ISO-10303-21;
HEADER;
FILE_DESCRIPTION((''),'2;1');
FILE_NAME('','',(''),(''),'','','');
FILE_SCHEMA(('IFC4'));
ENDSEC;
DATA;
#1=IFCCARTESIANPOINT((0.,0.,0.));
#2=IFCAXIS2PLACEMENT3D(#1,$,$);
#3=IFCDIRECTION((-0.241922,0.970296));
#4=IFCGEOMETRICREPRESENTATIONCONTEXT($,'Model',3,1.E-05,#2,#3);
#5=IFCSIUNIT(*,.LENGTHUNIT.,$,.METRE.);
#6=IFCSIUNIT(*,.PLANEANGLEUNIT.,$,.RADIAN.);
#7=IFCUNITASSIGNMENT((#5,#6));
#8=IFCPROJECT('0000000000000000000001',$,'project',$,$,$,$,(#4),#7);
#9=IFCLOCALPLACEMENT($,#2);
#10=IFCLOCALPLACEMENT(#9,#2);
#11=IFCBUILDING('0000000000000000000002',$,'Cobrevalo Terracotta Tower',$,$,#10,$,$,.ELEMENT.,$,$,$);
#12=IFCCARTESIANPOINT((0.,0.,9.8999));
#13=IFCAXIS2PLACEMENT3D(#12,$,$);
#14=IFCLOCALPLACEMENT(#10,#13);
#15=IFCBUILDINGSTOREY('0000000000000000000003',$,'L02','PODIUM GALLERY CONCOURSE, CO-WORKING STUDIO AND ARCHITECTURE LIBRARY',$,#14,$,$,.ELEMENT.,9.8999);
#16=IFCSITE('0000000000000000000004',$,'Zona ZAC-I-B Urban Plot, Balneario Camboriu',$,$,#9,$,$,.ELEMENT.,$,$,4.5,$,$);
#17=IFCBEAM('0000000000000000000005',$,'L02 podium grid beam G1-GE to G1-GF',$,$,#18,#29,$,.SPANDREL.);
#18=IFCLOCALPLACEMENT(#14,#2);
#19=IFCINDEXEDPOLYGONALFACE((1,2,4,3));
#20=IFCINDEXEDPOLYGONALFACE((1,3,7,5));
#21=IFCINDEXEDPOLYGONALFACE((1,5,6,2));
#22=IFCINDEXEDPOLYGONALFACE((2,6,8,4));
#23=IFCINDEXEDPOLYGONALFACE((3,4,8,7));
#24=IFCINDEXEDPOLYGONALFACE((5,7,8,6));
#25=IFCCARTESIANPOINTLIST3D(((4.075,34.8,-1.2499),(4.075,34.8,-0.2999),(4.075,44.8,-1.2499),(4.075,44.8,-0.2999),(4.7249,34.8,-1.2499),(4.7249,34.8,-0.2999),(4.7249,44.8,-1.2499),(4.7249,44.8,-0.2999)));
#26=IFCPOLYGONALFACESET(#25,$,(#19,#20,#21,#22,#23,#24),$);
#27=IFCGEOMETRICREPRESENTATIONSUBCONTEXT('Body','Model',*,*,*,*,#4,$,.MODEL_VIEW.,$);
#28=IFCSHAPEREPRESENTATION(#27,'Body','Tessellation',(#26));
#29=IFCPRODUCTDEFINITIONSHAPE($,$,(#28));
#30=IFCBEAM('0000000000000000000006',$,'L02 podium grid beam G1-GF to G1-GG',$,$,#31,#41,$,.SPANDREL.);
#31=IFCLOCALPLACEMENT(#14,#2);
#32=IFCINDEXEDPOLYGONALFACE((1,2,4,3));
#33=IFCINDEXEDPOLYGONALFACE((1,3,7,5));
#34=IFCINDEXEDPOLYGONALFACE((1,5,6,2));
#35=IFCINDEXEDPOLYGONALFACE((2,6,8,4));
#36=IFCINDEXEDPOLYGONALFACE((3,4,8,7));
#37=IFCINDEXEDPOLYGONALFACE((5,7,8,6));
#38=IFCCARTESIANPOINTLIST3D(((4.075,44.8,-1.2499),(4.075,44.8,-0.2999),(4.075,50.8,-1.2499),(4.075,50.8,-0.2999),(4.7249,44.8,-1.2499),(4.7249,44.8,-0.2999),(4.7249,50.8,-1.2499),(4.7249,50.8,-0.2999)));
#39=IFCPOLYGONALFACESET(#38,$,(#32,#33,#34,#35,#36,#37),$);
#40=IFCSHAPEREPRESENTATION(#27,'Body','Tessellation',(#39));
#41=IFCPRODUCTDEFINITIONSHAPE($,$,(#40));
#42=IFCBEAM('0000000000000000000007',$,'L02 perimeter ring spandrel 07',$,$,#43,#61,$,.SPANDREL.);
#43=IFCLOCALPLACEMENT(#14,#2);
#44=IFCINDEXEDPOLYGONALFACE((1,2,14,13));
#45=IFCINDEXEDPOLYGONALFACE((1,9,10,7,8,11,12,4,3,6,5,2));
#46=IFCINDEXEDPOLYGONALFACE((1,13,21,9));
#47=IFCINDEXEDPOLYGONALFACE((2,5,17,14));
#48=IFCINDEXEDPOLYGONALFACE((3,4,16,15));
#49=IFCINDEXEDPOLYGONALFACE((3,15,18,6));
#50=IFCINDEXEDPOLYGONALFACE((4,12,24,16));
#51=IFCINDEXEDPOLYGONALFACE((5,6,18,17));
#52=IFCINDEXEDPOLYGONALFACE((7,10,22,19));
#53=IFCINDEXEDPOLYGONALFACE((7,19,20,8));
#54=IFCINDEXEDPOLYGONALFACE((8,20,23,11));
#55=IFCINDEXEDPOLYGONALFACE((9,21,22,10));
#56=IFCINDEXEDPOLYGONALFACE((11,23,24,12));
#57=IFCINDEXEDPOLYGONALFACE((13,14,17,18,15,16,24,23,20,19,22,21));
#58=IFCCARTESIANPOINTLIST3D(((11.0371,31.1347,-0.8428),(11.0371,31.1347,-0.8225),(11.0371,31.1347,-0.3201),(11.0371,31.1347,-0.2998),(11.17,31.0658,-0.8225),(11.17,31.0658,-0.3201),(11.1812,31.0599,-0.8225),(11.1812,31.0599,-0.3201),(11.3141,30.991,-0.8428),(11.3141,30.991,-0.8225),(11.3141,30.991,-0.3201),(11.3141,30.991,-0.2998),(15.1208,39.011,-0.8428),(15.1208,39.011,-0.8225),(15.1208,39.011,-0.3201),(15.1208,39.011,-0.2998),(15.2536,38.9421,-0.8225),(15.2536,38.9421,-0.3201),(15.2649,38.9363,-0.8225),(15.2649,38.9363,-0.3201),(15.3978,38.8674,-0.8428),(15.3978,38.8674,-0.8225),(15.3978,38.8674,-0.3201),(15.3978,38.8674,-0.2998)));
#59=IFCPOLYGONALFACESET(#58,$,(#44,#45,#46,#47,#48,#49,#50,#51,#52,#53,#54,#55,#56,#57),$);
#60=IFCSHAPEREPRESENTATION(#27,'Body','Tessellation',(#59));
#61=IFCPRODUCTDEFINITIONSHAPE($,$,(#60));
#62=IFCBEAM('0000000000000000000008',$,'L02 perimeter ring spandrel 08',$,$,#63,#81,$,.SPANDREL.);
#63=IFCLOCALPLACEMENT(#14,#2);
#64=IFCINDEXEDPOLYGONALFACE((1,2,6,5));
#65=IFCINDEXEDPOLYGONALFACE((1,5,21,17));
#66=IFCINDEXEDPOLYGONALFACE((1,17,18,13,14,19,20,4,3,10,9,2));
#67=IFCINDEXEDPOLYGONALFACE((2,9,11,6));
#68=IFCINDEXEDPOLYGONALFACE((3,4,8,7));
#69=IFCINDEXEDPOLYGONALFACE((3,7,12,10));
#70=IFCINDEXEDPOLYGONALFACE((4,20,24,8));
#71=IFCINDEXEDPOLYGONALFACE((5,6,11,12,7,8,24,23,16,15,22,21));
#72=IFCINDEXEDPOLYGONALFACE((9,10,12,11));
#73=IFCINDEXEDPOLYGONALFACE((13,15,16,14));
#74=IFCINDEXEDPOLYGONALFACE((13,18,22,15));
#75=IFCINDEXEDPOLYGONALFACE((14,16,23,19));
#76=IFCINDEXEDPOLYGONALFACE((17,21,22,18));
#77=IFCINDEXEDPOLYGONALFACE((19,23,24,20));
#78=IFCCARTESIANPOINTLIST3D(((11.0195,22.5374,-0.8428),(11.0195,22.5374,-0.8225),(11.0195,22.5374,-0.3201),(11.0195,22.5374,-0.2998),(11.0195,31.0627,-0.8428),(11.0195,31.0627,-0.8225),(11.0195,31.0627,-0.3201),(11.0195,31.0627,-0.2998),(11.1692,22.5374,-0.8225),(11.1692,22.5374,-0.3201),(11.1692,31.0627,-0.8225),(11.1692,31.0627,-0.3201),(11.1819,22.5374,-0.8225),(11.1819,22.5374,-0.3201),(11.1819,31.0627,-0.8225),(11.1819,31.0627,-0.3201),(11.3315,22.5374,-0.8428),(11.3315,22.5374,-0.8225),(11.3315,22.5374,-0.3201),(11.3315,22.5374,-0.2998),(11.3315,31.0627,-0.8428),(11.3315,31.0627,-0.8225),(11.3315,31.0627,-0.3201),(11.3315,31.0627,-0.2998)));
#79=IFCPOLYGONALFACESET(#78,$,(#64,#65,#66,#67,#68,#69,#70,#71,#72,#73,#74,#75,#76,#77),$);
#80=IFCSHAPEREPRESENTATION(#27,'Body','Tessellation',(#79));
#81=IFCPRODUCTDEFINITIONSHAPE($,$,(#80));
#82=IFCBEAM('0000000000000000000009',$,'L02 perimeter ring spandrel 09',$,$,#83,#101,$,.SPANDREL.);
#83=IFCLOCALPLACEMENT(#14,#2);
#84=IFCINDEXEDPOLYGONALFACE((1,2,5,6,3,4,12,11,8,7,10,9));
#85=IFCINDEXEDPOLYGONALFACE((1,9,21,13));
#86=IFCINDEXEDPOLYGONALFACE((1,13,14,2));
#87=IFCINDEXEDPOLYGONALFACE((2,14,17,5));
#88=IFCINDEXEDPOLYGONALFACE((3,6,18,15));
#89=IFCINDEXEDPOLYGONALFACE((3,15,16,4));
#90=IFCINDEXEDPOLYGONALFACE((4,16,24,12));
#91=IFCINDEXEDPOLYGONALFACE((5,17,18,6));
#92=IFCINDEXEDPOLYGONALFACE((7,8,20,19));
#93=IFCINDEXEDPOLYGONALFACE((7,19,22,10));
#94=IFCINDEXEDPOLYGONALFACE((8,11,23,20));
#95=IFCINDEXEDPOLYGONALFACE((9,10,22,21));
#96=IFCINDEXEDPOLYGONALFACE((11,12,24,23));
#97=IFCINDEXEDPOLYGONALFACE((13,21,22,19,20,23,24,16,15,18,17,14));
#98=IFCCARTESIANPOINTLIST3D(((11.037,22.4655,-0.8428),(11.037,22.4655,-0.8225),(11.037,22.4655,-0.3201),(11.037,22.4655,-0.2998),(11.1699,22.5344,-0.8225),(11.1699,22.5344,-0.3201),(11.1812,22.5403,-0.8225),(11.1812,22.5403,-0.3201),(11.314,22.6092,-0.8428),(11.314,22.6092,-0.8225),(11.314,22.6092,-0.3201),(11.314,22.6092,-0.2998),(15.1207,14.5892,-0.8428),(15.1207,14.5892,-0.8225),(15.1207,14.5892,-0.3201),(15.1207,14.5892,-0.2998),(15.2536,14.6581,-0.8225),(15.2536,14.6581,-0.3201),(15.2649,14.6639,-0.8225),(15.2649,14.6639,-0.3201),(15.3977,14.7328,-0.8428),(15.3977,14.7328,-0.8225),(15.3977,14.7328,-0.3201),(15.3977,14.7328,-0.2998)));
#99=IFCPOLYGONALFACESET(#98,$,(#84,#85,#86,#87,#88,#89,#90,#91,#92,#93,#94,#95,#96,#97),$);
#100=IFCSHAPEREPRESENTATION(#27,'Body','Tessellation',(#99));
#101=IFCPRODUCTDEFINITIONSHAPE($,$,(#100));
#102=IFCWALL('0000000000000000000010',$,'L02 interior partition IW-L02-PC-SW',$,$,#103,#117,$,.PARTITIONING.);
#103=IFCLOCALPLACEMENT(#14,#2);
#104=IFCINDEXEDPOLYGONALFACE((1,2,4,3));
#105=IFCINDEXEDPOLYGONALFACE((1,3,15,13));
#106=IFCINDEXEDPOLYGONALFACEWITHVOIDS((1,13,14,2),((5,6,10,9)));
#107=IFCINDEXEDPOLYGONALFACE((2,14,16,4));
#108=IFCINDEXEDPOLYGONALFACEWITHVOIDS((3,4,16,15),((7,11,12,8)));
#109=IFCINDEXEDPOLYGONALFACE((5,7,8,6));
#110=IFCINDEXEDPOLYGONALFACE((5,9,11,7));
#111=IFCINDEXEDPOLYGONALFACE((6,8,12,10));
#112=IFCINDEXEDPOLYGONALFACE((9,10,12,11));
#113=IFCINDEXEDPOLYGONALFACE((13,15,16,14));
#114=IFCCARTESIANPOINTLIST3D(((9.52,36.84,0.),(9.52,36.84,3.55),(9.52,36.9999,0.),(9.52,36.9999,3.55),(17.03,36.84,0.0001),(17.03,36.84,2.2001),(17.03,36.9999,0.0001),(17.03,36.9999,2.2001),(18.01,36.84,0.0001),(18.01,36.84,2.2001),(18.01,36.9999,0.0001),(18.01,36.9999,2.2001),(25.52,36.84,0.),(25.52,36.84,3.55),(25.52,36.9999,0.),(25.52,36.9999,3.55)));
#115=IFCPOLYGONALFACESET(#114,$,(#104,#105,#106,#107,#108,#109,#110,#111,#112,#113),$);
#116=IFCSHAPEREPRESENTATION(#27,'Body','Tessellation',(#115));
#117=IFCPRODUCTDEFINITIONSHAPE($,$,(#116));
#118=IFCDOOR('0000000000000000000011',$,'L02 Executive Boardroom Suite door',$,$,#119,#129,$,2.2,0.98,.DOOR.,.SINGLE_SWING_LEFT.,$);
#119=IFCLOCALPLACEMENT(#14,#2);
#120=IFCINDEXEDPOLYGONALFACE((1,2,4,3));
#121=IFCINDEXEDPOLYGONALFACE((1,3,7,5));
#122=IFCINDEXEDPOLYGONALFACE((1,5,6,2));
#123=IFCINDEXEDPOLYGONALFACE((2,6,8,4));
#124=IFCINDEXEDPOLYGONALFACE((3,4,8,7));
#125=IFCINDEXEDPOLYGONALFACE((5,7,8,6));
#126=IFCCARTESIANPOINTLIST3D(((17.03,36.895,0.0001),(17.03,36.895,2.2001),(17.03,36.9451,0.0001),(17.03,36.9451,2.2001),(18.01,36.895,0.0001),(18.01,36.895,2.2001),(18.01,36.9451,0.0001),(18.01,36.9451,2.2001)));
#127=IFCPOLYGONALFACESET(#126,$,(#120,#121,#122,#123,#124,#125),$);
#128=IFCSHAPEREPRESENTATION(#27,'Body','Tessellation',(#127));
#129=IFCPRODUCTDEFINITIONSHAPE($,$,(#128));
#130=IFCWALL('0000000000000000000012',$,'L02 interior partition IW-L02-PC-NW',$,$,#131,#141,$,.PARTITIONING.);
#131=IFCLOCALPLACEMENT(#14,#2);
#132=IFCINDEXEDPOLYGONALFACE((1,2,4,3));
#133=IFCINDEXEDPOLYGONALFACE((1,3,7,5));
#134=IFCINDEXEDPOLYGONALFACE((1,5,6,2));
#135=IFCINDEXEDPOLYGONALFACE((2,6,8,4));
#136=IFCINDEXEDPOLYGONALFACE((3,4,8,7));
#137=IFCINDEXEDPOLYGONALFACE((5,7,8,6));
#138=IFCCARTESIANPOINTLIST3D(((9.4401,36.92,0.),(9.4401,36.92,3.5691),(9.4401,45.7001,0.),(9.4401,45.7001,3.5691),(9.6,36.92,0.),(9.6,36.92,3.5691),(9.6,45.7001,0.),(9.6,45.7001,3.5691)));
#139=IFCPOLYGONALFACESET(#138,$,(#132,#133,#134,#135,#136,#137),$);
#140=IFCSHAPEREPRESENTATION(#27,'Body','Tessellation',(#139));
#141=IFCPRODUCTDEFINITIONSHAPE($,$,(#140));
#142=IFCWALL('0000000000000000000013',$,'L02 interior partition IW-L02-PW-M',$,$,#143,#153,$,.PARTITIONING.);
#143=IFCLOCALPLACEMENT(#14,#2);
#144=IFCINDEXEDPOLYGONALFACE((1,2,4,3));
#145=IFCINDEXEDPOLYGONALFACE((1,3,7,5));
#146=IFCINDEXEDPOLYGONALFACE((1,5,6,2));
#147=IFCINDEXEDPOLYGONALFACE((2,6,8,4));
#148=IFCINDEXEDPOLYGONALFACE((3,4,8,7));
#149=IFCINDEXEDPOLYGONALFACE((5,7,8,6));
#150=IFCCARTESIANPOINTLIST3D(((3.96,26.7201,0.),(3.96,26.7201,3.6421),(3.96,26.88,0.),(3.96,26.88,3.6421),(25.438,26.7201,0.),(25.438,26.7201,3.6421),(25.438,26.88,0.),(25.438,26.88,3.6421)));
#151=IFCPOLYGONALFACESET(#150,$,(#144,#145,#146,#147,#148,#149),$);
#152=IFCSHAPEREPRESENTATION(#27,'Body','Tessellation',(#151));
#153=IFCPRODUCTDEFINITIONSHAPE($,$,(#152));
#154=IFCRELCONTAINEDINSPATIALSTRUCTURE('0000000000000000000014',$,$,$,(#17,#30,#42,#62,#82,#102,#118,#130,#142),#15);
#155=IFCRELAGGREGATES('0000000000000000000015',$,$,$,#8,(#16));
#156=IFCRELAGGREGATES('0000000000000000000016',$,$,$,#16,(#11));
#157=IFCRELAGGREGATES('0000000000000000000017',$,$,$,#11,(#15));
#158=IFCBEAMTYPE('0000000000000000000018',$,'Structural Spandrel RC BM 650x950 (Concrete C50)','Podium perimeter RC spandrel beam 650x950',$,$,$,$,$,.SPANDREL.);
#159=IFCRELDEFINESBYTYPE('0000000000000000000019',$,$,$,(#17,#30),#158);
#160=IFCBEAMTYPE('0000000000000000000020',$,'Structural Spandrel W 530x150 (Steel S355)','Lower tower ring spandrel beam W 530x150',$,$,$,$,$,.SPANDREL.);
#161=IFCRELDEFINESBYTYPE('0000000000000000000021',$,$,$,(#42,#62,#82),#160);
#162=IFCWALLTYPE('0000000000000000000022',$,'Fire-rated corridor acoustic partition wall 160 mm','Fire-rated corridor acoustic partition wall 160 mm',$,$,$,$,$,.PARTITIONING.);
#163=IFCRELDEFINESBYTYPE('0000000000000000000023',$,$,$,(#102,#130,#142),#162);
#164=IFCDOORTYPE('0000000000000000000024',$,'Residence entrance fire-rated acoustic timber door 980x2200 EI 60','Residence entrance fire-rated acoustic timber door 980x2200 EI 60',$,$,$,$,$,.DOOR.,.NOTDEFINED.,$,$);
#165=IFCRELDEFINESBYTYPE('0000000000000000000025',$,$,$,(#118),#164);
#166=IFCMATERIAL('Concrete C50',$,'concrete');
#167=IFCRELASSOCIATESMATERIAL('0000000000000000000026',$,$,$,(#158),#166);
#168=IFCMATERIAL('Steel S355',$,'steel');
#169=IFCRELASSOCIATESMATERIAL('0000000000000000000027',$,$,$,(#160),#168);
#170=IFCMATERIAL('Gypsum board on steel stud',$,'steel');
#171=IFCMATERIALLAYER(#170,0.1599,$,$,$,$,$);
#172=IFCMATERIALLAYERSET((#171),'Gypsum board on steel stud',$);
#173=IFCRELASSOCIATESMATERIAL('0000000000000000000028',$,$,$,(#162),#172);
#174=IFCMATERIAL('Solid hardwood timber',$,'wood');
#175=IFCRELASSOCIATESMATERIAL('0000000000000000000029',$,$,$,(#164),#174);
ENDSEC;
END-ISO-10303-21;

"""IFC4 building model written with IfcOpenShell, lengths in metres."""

from ifc_helpers import new_model, si_unit, direction, frame, frame_2d, origin, origin_2d, place, context, subcontext, project, spatial, rectangle, i_section, extrude, source, transform, mapped, material, layer, layer_set, material_profile, profile_set, type_object, element, fill, save


model = new_model("IFC4")

# Units and contexts
model_context = context("Model", 3, precision=1e-05, world=origin(), true_north=direction((-0.241922, 0.970296)))
body_context = subcontext(model_context, "Body", "Model", "MODEL_VIEW")
ifc_project = project(units=[si_unit("LENGTHUNIT", "METRE"), si_unit("PLANEANGLEUNIT", "RADIAN")], contexts=[model_context])

# Site, building, storey
site_placement = place(None, origin())
site = spatial("IfcSite", under=ifc_project, at=site_placement, Name="Zona ZAC-I-B Urban Plot, Balneario Camboriu", CompositionType="ELEMENT", RefElevation=4.5)
building_placement = place(site_placement, origin())
building = spatial("IfcBuilding", under=site, at=building_placement, Name="Cobrevalo Terracotta Tower", CompositionType="ELEMENT")
storey_placement = place(building_placement, frame((0.0, 0.0, 9.8999)))
storey = spatial("IfcBuildingStorey", under=building, at=storey_placement, Name="L02", Description="PODIUM GALLERY CONCOURSE, CO-WORKING STUDIO AND ARCHITECTURE LIBRARY", CompositionType="ELEMENT", Elevation=9.8999)

# Shared definitions
ifc_material_1 = material(Name="Steel S355", Category="steel")
ifc_material_2 = material(Name="Concrete C50", Category="concrete")

# Beams
ifc_material_profile_1 = material_profile(ifc_material_2, rectangle(XDim=0.6499, YDim=0.95, at=origin_2d()), Name="RC BM 650x950")
ifc_profile_set_1 = profile_set([ifc_material_profile_1], Name="Concrete C50")
beam_type_1 = type_object("IfcBeamType", Name="Structural Spandrel RC BM 650x950 (Concrete C50)", Description="Podium perimeter RC spandrel beam 650x950", PredefinedType="SPANDREL", material=ifc_profile_set_1)
beam_1_placement = place(storey_placement, frame((4.3999, 34.8, -0.7749), z_axis=(0.0, 1.0, 0.0), x_axis=(-1.0, 0.0, 0.0)))
element("IfcBeam", 1, at=beam_1_placement, inside=storey, type_object=beam_type_1, Name="L02 podium grid beam G1-GE to G1-GF", PredefinedType="SPANDREL", context=body_context, shape_type="SweptSolid", body=[
    extrude(rectangle(XDim=0.6499, YDim=0.95, at=origin_2d()), origin(), (0.0, 0.0, 1.0), 10.0),
])
beam_2_placement = place(storey_placement, frame((4.3999, 44.8, -0.7749), z_axis=(0.0, 1.0, 0.0), x_axis=(-1.0, 0.0, 0.0)))
element("IfcBeam", 2, at=beam_2_placement, inside=storey, type_object=beam_type_1, Name="L02 podium grid beam G1-GF to G1-GG", PredefinedType="SPANDREL", context=body_context, shape_type="SweptSolid", body=[
    extrude(rectangle(XDim=0.6499, YDim=0.95, at=origin_2d()), origin(), (0.0, 0.0, 1.0), 6.0),
])
ifc_material_profile_2 = material_profile(ifc_material_1, i_section(OverallWidth=0.312, OverallDepth=0.543, WebThickness=0.0127, FlangeThickness=0.0203, at=origin_2d()), Name="W 530x150")
ifc_profile_set_2 = profile_set([ifc_material_profile_2], Name="Steel S355")
beam_type_2 = type_object("IfcBeamType", Name="Structural Spandrel W 530x150 (Steel S355)", Description="Lower tower ring spandrel beam W 530x150", PredefinedType="SPANDREL", material=ifc_profile_set_2)
beam_3_placement = place(storey_placement, frame((15.2593, 38.9392, -0.5713), z_axis=(-0.460286, -0.887771, 0.0), x_axis=(0.887771, -0.460286, 0.0)))
element("IfcBeam", 3, at=beam_3_placement, inside=storey, type_object=beam_type_2, Name="L02 perimeter ring spandrel 07", PredefinedType="SPANDREL", context=body_context, shape_type="SweptSolid", body=[
    extrude(i_section(OverallWidth=0.312, OverallDepth=0.543, WebThickness=0.0127, FlangeThickness=0.0203, at=origin_2d()), origin(), (0.0, 0.0, 1.0), 8.8721),
])
beam_4_placement = place(storey_placement, frame((11.1755, 31.0627, -0.5713), z_axis=(0.0, -1.0, 0.0), x_axis=(1.0, 0.0, 0.0)))
element("IfcBeam", 4, at=beam_4_placement, inside=storey, type_object=beam_type_2, Name="L02 perimeter ring spandrel 08", PredefinedType="SPANDREL", context=body_context, shape_type="SweptSolid", body=[
    extrude(i_section(OverallWidth=0.312, OverallDepth=0.543, WebThickness=0.0127, FlangeThickness=0.0203, at=origin_2d()), origin(), (0.0, 0.0, 1.0), 8.5254),
])
beam_5_placement = place(storey_placement, frame((11.1755, 22.5374, -0.5713), z_axis=(0.460286, -0.887771, 0.0), x_axis=(0.887771, 0.460286, 0.0)))
element("IfcBeam", 5, at=beam_5_placement, inside=storey, type_object=beam_type_2, Name="L02 perimeter ring spandrel 09", PredefinedType="SPANDREL", context=body_context, shape_type="SweptSolid", body=[
    extrude(i_section(OverallWidth=0.312, OverallDepth=0.543, WebThickness=0.0127, FlangeThickness=0.0203, at=origin_2d()), origin(), (0.0, 0.0, 1.0), 8.8721),
])

# Wall, opening, door
ifc_material_3 = material(Name="Gypsum board on steel stud", Category="steel")
ifc_layer_1 = layer(ifc_material_3, 0.1599)
ifc_layer_set_1 = layer_set([ifc_layer_1], Name="Gypsum board on steel stud")
wall_type_1 = type_object("IfcWallType", Name="Fire-rated corridor acoustic partition wall 160 mm", Description="Fire-rated corridor acoustic partition wall 160 mm", PredefinedType="PARTITIONING", material=ifc_layer_set_1)
wall_1_placement = place(storey_placement, frame((9.52, 36.9199, 0.0), z_axis=(0.0, 0.0, 1.0), x_axis=(1.0, 0.0, 0.0)))
wall_1 = element("IfcWall", 6, at=wall_1_placement, inside=storey, type_object=wall_type_1, Name="L02 interior partition IW-L02-PC-SW", PredefinedType="PARTITIONING", context=body_context, shape_type="SweptSolid", body=[
    extrude(rectangle(XDim=16.0, YDim=0.1599, at=frame_2d((8.0, 0.0))), origin(), (0.0, 0.0, 1.0), 3.55),
])
opening_1_placement = place(wall_1_placement, frame((7.51, 0.0, 0.0)))
opening_1 = element("IfcOpeningElement", 7, at=opening_1_placement, cuts=wall_1, PredefinedType="OPENING", context=body_context, shape_type="SweptSolid", body=[
    extrude(rectangle(XDim=0.98, YDim=2.2, at=frame_2d((0.49, 1.1001))), frame((0.0, 0.0898, 0.0), z_axis=(0.0, -1.0, 0.0), x_axis=(1.0, 0.0, 0.0)), (0.0, 0.0, 1.0), 0.1799),
])
ifc_material_4 = material(Name="Solid hardwood timber", Category="wood")
door_type_1 = type_object("IfcDoorType", Name="Residence entrance fire-rated acoustic timber door 980x2200 EI 60", Description="Residence entrance fire-rated acoustic timber door 980x2200 EI 60", OperationType="NOTDEFINED", PredefinedType="DOOR", material=ifc_material_4)
shared_shape_1 = source(origin(), body_context, "Body", "SweptSolid", [
    extrude(rectangle(XDim=0.98, YDim=2.2, at=frame_2d((0.49, 1.1001))), frame((0.0, 0.0249, 0.0), z_axis=(0.0, -1.0, 0.0), x_axis=(1.0, 0.0, 0.0)), (0.0, 0.0, 1.0), 0.05),
])
door_1_placement = place(opening_1_placement, frame((0.98, 0.0, 0.0), z_axis=(0.0, 0.0, 1.0), x_axis=(-1.0, 0.0, 0.0)))
door_1 = element("IfcDoor", 8, at=door_1_placement, inside=storey, type_object=door_type_1, Name="L02 Executive Boardroom Suite door", OperationType="SINGLE_SWING_LEFT", OverallHeight=2.2, OverallWidth=0.98, PredefinedType="DOOR", context=body_context, shape_type="MappedRepresentation", body=[
    mapped(shared_shape_1, transform((0.0, 0.0, 0.0), scale=1.0)),
])
fill(opening_1, door_1)

# Walls
wall_2_placement = place(storey_placement, frame((9.52, 36.9199, 0.0), z_axis=(0.0, 0.0, 1.0), x_axis=(0.0, 1.0, 0.0)))
element("IfcWall", 9, at=wall_2_placement, inside=storey, type_object=wall_type_1, Name="L02 interior partition IW-L02-PC-NW", PredefinedType="PARTITIONING", context=body_context, shape_type="SweptSolid", body=[
    extrude(rectangle(XDim=8.78, YDim=0.1599, at=frame_2d((4.3901, 0.0))), origin(), (0.0, 0.0, 1.0), 3.5691),
])
wall_3_placement = place(storey_placement, frame((3.96, 26.8, 0.0), z_axis=(0.0, 0.0, 1.0), x_axis=(1.0, 0.0, 0.0)))
element("IfcWall", 10, at=wall_3_placement, inside=storey, type_object=wall_type_1, Name="L02 interior partition IW-L02-PW-M", PredefinedType="PARTITIONING", context=body_context, shape_type="SweptSolid", body=[
    extrude(rectangle(XDim=21.478, YDim=0.1599, at=frame_2d((10.739, 0.0))), origin(), (0.0, 0.0, 1.0), 3.6421),
])

save(model, "model.ifc")
